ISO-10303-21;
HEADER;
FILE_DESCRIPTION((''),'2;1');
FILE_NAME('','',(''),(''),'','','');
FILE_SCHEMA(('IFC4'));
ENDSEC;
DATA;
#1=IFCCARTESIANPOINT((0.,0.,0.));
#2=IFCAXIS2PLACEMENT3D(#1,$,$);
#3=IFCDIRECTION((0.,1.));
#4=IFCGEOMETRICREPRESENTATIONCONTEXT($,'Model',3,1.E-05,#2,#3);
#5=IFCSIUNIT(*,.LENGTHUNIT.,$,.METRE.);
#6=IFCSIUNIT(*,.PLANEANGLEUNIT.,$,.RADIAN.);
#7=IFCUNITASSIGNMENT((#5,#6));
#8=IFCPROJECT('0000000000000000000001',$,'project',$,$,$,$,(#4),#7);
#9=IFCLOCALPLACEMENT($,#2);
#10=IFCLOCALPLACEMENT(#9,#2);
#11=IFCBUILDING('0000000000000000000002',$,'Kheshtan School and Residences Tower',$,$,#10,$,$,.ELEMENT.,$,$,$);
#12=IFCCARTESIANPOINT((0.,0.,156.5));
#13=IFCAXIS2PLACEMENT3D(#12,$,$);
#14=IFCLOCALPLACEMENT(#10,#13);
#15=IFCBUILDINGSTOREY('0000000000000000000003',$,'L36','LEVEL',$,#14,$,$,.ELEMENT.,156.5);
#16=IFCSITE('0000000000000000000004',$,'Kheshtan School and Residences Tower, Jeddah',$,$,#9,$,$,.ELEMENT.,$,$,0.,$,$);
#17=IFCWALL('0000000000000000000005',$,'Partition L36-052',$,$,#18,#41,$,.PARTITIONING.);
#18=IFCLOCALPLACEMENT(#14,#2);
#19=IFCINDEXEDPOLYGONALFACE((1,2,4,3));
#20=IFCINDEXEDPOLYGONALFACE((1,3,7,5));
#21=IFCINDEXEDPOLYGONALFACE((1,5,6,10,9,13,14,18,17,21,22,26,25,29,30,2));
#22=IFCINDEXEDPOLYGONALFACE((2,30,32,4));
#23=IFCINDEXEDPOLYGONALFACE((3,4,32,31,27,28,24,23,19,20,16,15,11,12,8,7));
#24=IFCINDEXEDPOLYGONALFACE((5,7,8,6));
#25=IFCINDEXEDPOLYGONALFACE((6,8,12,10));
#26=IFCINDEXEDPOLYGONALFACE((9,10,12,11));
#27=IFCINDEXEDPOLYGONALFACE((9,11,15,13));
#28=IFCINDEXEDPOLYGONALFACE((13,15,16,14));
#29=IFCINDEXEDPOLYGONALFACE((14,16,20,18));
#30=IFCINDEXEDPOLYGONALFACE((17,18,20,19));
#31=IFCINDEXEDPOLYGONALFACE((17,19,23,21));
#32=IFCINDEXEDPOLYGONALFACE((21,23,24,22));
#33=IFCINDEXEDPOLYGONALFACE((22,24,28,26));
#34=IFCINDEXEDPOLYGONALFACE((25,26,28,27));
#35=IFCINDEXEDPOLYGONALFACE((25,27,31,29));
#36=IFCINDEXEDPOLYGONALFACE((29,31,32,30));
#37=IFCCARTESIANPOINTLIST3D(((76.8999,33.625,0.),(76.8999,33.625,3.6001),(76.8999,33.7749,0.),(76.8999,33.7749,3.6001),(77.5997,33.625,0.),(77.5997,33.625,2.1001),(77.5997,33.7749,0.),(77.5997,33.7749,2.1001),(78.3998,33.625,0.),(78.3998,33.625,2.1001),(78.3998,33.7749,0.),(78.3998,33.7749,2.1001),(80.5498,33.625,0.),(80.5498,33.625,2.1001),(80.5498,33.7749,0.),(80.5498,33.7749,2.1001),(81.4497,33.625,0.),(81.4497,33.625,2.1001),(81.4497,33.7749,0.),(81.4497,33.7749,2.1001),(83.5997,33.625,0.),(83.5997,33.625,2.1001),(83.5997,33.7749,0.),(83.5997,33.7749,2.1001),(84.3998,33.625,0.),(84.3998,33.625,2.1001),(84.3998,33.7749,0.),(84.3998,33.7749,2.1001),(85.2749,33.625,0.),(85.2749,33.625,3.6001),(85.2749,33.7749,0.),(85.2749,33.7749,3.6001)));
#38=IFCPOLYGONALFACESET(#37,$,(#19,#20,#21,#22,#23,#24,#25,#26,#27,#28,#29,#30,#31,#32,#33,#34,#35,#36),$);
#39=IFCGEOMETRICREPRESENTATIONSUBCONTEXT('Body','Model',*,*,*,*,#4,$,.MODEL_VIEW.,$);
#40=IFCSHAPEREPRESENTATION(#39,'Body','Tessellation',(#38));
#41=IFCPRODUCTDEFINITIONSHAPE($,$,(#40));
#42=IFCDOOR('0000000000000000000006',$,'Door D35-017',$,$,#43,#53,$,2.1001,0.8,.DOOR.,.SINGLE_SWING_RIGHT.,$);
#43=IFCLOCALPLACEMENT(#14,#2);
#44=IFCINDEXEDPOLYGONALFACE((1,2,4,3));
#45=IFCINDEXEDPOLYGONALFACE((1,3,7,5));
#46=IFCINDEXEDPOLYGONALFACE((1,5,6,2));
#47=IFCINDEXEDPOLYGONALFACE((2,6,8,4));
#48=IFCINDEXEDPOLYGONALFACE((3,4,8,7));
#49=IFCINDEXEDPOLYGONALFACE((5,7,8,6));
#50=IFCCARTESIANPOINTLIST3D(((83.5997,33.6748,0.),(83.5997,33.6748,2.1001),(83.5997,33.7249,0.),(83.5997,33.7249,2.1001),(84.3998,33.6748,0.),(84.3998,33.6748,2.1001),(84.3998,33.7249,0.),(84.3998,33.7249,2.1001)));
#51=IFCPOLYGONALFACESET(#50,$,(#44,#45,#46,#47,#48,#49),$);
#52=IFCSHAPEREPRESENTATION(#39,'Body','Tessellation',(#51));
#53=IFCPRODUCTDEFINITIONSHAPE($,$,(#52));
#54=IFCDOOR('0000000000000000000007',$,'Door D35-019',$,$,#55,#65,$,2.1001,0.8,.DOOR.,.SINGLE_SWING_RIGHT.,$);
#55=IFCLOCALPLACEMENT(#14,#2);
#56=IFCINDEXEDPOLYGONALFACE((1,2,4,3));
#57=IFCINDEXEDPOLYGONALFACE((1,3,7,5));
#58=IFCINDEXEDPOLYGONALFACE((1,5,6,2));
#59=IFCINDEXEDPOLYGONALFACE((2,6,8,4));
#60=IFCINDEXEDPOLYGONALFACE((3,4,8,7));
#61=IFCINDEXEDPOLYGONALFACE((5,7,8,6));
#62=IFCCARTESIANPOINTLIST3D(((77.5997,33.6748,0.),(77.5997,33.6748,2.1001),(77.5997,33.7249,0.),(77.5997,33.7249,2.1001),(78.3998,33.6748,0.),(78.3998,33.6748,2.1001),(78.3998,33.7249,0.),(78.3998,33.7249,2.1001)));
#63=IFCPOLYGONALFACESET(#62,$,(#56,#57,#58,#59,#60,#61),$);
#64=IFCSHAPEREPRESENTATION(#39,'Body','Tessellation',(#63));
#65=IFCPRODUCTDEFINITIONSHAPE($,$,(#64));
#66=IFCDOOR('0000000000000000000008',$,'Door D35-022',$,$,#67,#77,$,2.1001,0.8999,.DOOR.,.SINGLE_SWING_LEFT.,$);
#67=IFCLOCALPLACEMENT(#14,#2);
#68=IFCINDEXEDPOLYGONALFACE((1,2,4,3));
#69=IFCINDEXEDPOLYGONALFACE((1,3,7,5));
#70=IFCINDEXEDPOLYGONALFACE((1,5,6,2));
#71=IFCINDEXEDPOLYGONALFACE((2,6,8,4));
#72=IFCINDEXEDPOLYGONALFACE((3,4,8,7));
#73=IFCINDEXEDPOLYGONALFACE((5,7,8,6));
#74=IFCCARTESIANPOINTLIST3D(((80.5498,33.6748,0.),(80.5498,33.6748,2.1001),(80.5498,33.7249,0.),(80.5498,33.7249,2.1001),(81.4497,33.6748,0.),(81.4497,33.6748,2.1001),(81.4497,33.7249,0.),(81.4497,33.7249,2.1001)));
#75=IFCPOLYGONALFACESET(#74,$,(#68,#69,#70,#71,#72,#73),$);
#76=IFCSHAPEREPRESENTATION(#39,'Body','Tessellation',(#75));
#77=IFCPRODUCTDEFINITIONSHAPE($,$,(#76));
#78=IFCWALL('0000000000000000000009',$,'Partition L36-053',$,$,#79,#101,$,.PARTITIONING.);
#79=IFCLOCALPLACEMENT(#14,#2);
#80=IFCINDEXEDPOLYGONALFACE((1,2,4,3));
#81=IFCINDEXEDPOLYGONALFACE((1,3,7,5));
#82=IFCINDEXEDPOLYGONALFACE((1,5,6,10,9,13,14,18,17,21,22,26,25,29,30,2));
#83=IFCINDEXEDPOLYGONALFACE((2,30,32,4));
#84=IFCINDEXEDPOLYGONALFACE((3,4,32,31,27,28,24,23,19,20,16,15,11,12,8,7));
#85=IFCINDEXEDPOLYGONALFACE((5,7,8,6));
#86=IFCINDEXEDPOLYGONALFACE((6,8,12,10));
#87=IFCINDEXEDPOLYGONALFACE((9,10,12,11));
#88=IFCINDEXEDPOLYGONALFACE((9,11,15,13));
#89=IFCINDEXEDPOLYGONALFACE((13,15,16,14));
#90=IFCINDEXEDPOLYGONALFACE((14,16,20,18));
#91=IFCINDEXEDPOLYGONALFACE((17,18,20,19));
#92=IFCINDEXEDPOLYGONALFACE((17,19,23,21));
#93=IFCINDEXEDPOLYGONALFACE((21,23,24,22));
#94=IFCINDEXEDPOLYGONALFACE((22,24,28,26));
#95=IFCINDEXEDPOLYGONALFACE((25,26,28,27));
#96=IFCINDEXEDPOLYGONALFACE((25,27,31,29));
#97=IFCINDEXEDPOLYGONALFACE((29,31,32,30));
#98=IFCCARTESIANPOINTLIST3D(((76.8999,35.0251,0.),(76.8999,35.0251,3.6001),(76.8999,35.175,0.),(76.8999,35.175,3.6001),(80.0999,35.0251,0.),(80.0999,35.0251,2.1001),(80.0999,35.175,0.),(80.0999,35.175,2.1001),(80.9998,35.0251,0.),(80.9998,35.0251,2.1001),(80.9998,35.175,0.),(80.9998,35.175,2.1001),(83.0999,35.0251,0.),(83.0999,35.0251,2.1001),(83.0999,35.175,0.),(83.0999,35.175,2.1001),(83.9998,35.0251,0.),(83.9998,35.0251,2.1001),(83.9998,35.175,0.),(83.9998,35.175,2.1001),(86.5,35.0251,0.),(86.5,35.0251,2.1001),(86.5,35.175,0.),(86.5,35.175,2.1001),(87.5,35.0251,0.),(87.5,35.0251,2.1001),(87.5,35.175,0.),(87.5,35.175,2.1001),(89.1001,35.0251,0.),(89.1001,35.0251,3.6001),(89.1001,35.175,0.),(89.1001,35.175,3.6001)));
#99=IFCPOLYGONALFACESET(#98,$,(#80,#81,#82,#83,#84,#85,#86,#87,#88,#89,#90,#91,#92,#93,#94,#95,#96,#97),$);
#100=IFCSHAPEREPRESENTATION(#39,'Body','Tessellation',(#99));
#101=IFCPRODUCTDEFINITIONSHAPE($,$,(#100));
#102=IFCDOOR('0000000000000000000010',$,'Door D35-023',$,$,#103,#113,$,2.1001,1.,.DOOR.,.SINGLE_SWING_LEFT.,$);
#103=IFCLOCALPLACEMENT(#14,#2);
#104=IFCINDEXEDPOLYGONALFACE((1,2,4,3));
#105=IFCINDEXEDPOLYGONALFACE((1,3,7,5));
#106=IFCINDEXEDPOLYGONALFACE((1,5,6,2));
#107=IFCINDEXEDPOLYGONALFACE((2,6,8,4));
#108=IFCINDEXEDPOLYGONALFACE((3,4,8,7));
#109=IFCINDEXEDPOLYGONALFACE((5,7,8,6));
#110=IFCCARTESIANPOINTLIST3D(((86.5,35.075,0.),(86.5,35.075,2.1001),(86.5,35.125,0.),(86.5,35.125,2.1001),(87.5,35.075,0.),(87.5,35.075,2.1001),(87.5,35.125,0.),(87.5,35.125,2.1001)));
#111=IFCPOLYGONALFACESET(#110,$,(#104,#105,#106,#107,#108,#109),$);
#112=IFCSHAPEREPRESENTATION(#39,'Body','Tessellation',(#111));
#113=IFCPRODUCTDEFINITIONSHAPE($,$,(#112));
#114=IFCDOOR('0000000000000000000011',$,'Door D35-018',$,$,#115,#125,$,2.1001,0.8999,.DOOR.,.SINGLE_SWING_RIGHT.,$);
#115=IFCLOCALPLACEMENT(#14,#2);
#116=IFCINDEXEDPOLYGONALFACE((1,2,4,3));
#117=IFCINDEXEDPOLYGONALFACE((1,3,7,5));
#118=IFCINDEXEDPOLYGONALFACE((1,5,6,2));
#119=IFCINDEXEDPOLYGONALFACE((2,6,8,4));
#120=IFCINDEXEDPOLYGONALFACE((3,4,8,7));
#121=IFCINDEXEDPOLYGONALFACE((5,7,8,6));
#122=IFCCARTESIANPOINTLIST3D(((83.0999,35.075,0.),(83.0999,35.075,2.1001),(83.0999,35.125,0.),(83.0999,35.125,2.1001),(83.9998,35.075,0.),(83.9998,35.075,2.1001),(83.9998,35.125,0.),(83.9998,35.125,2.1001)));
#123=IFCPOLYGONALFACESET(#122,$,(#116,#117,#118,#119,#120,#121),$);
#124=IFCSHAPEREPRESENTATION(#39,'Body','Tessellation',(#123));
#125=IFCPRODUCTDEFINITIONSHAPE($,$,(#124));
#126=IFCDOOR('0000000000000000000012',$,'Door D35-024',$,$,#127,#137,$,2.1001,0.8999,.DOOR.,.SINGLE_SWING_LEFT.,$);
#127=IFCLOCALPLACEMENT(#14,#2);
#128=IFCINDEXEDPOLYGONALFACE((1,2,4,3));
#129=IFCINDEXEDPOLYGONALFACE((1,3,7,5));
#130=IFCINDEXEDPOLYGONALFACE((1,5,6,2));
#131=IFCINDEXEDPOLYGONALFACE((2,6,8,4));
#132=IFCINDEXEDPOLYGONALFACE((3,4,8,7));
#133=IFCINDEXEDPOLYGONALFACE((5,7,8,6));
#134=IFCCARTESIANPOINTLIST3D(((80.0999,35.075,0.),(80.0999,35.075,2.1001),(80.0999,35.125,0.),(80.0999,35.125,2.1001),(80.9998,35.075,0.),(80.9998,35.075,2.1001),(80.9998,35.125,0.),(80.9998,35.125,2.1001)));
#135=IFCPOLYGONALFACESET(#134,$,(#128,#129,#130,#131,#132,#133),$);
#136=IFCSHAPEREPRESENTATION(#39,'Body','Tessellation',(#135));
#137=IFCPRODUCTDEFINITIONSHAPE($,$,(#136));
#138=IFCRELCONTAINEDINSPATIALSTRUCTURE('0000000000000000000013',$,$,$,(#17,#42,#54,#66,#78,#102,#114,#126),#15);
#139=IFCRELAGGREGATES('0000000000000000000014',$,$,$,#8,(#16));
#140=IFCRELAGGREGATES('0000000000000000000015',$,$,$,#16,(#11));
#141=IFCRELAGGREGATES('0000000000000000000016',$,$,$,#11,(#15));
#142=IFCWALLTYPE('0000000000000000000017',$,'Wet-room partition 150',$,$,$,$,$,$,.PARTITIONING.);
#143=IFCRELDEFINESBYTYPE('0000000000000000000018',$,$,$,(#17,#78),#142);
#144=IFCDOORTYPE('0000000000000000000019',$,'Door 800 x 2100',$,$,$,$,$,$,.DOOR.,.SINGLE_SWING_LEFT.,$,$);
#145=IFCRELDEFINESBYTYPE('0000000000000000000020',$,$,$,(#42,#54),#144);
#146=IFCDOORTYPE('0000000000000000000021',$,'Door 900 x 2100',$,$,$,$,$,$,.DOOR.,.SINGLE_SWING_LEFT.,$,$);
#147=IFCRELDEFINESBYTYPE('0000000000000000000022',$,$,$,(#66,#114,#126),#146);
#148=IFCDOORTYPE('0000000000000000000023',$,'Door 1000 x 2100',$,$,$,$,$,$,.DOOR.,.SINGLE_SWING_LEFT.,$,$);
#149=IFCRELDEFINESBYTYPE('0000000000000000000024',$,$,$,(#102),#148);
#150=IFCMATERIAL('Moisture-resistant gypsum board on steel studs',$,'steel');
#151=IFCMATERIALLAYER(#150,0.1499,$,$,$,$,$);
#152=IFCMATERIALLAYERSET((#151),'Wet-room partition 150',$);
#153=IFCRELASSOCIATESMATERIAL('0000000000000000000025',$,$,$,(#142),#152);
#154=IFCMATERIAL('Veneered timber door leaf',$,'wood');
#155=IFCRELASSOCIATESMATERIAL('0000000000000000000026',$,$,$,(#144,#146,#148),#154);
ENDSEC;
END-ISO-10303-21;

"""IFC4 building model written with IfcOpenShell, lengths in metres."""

from ifc_helpers import new_model, si_unit, direction, frame, frame_2d, origin, place, context, subcontext, project, spatial, rectangle, extrude, source, transform, mapped, material, layer, layer_set, type_object, element, fill, save


model = new_model("IFC4")

# Units and contexts
model_context = context("Model", 3, precision=1e-05, world=origin(), true_north=direction((0.0, 1.0)))
body_context = subcontext(model_context, "Body", "Model", "MODEL_VIEW")
ifc_project = project(units=[si_unit("LENGTHUNIT", "METRE"), si_unit("PLANEANGLEUNIT", "RADIAN")], contexts=[model_context])

# Site, building, storey
site_placement = place(None, origin())
site = spatial("IfcSite", under=ifc_project, at=site_placement, Name="Kheshtan School and Residences Tower, Jeddah", CompositionType="ELEMENT", RefElevation=0.0)
building_placement = place(site_placement, origin())
building = spatial("IfcBuilding", under=site, at=building_placement, Name="Kheshtan School and Residences Tower", CompositionType="ELEMENT")
storey_placement = place(building_placement, frame((0.0, 0.0, 156.5)))
storey = spatial("IfcBuildingStorey", under=building, at=storey_placement, Name="L36", Description="LEVEL", CompositionType="ELEMENT", Elevation=156.5)

# Shared definitions
ifc_material_1 = material(Name="Moisture-resistant gypsum board on steel studs", Category="steel")
ifc_layer_1 = layer(ifc_material_1, 0.1499)
ifc_layer_set_1 = layer_set([ifc_layer_1], Name="Wet-room partition 150")
wall_type_1 = type_object("IfcWallType", Name="Wet-room partition 150", PredefinedType="PARTITIONING", material=ifc_layer_set_1)

# Shared definitions
ifc_material_2 = material(Name="Veneered timber door leaf", Category="wood")
door_type_1 = type_object("IfcDoorType", Name="Door 800 x 2100", OperationType="SINGLE_SWING_LEFT", PredefinedType="DOOR", material=ifc_material_2)
shared_shape_1 = source(origin(), body_context, "Body", "SweptSolid", [
    extrude(rectangle(XDim=0.8, YDim=2.1001, at=frame_2d((0.3999, 1.05))), frame((0.0, 0.0249, 0.0), z_axis=(0.0, -1.0, 0.0), x_axis=(1.0, 0.0, 0.0)), (0.0, 0.0, 1.0), 0.05),
])

# Walls, openings, doors
wall_1_placement = place(storey_placement, frame((76.8999, 33.7, 0.0), z_axis=(0.0, 0.0, 1.0), x_axis=(1.0, 0.0, 0.0)))
wall_1 = element("IfcWall", 1, at=wall_1_placement, inside=storey, type_object=wall_type_1, Name="Partition L36-052", PredefinedType="PARTITIONING", context=body_context, shape_type="SweptSolid", body=[
    extrude(rectangle(XDim=8.375, YDim=0.1499, at=frame_2d((4.1875, 0.0))), origin(), (0.0, 0.0, 1.0), 3.6001),
])
opening_1_placement = place(wall_1_placement, frame((6.7, 0.0, 0.0)))
opening_1 = element("IfcOpeningElement", 2, at=opening_1_placement, cuts=wall_1, PredefinedType="OPENING", context=body_context, shape_type="SweptSolid", body=[
    extrude(rectangle(XDim=0.8, YDim=2.1001, at=frame_2d((0.3999, 1.05))), frame((0.0, 0.085, 0.0), z_axis=(0.0, -1.0, 0.0), x_axis=(1.0, 0.0, 0.0)), (0.0, 0.0, 1.0), 0.1699),
])
opening_2_placement = place(wall_1_placement, frame((0.7, 0.0, 0.0)))
opening_2 = element("IfcOpeningElement", 3, at=opening_2_placement, cuts=wall_1, PredefinedType="OPENING", context=body_context, shape_type="SweptSolid", body=[
    extrude(rectangle(XDim=0.8, YDim=2.1001, at=frame_2d((0.3999, 1.05))), frame((0.0, 0.085, 0.0), z_axis=(0.0, -1.0, 0.0), x_axis=(1.0, 0.0, 0.0)), (0.0, 0.0, 1.0), 0.1699),
])
opening_3_placement = place(wall_1_placement, frame((3.6499, 0.0, 0.0)))
opening_3 = element("IfcOpeningElement", 4, at=opening_3_placement, cuts=wall_1, PredefinedType="OPENING", context=body_context, shape_type="SweptSolid", body=[
    extrude(rectangle(XDim=0.8999, YDim=2.1001, at=frame_2d((0.45, 1.05))), frame((0.0, 0.085, 0.0), z_axis=(0.0, -1.0, 0.0), x_axis=(1.0, 0.0, 0.0)), (0.0, 0.0, 1.0), 0.1699),
])
door_1_placement = place(opening_1_placement, origin())
door_1 = element("IfcDoor", 5, at=door_1_placement, inside=storey, type_object=door_type_1, Name="Door D35-017", OperationType="SINGLE_SWING_RIGHT", OverallHeight=2.1001, OverallWidth=0.8, PredefinedType="DOOR", context=body_context, shape_type="MappedRepresentation", body=[
    mapped(shared_shape_1, transform((0.0, 0.0, 0.0), x_axis=(1.0, 0.0, 0.0), y_axis=(0.0, 1.0, 0.0), z_axis=(0.0, 0.0, 1.0), scale=1.0)),
])
fill(opening_1, door_1)
door_2_placement = place(opening_2_placement, origin())
door_2 = element("IfcDoor", 6, at=door_2_placement, inside=storey, type_object=door_type_1, Name="Door D35-019", OperationType="SINGLE_SWING_RIGHT", OverallHeight=2.1001, OverallWidth=0.8, PredefinedType="DOOR", context=body_context, shape_type="MappedRepresentation", body=[
    mapped(shared_shape_1, transform((0.0, 0.0, 0.0), x_axis=(1.0, 0.0, 0.0), y_axis=(0.0, 1.0, 0.0), z_axis=(0.0, 0.0, 1.0), scale=1.0)),
])
fill(opening_2, door_2)
door_type_2 = type_object("IfcDoorType", Name="Door 900 x 2100", OperationType="SINGLE_SWING_LEFT", PredefinedType="DOOR", material=ifc_material_2)
shared_shape_2 = source(origin(), body_context, "Body", "SweptSolid", [
    extrude(rectangle(XDim=0.8999, YDim=2.1001, at=frame_2d((0.45, 1.05))), frame((0.0, 0.0249, 0.0), z_axis=(0.0, -1.0, 0.0), x_axis=(1.0, 0.0, 0.0)), (0.0, 0.0, 1.0), 0.05),
])
door_3_placement = place(opening_3_placement, origin())
door_3 = element("IfcDoor", 7, at=door_3_placement, inside=storey, type_object=door_type_2, Name="Door D35-022", OperationType="SINGLE_SWING_LEFT", OverallHeight=2.1001, OverallWidth=0.8999, PredefinedType="DOOR", context=body_context, shape_type="MappedRepresentation", body=[
    mapped(shared_shape_2, transform((0.0, 0.0, 0.0), x_axis=(1.0, 0.0, 0.0), y_axis=(0.0, 1.0, 0.0), z_axis=(0.0, 0.0, 1.0), scale=1.0)),
])
fill(opening_3, door_3)
wall_2_placement = place(storey_placement, frame((76.8999, 35.1001, 0.0), z_axis=(0.0, 0.0, 1.0), x_axis=(1.0, 0.0, 0.0)))
wall_2 = element("IfcWall", 8, at=wall_2_placement, inside=storey, type_object=wall_type_1, Name="Partition L36-053", PredefinedType="PARTITIONING", context=body_context, shape_type="SweptSolid", body=[
    extrude(rectangle(XDim=12.2002, YDim=0.1499, at=frame_2d((6.1001, 0.0))), origin(), (0.0, 0.0, 1.0), 3.6001),
])
opening_4_placement = place(wall_2_placement, frame((6.2, 0.0, 0.0)))
opening_4 = element("IfcOpeningElement", 9, at=opening_4_placement, cuts=wall_2, PredefinedType="OPENING", context=body_context, shape_type="SweptSolid", body=[
    extrude(rectangle(XDim=0.8999, YDim=2.1001, at=frame_2d((0.45, 1.05))), frame((0.0, 0.085, 0.0), z_axis=(0.0, -1.0, 0.0), x_axis=(1.0, 0.0, 0.0)), (0.0, 0.0, 1.0), 0.1699),
])
opening_5_placement = place(wall_2_placement, frame((9.6001, 0.0, 0.0)))
opening_5 = element("IfcOpeningElement", 10, at=opening_5_placement, cuts=wall_2, PredefinedType="OPENING", context=body_context, shape_type="SweptSolid", body=[
    extrude(rectangle(XDim=1.0, YDim=2.1001, at=frame_2d((0.5, 1.05))), frame((0.0, 0.085, 0.0), z_axis=(0.0, -1.0, 0.0), x_axis=(1.0, 0.0, 0.0)), (0.0, 0.0, 1.0), 0.1699),
])
opening_6_placement = place(wall_2_placement, frame((3.2, 0.0, 0.0)))
opening_6 = element("IfcOpeningElement", 11, at=opening_6_placement, cuts=wall_2, PredefinedType="OPENING", context=body_context, shape_type="SweptSolid", body=[
    extrude(rectangle(XDim=0.8999, YDim=2.1001, at=frame_2d((0.45, 1.05))), frame((0.0, 0.085, 0.0), z_axis=(0.0, -1.0, 0.0), x_axis=(1.0, 0.0, 0.0)), (0.0, 0.0, 1.0), 0.1699),
])
door_type_3 = type_object("IfcDoorType", Name="Door 1000 x 2100", OperationType="SINGLE_SWING_LEFT", PredefinedType="DOOR", material=ifc_material_2)
shared_shape_3 = source(origin(), body_context, "Body", "SweptSolid", [
    extrude(rectangle(XDim=1.0, YDim=2.1001, at=frame_2d((0.5, 1.05))), frame((0.0, 0.0249, 0.0), z_axis=(0.0, -1.0, 0.0), x_axis=(1.0, 0.0, 0.0)), (0.0, 0.0, 1.0), 0.05),
])
door_4_placement = place(opening_5_placement, origin())
door_4 = element("IfcDoor", 12, at=door_4_placement, inside=storey, type_object=door_type_3, Name="Door D35-023", OperationType="SINGLE_SWING_LEFT", OverallHeight=2.1001, OverallWidth=1.0, PredefinedType="DOOR", context=body_context, shape_type="MappedRepresentation", body=[
    mapped(shared_shape_3, transform((0.0, 0.0, 0.0), x_axis=(1.0, 0.0, 0.0), y_axis=(0.0, 1.0, 0.0), z_axis=(0.0, 0.0, 1.0), scale=1.0)),
])
fill(opening_5, door_4)
door_5_placement = place(opening_4_placement, origin())
door_5 = element("IfcDoor", 13, at=door_5_placement, inside=storey, type_object=door_type_2, Name="Door D35-018", OperationType="SINGLE_SWING_RIGHT", OverallHeight=2.1001, OverallWidth=0.8999, PredefinedType="DOOR", context=body_context, shape_type="MappedRepresentation", body=[
    mapped(shared_shape_2, transform((0.0, 0.0, 0.0), x_axis=(1.0, 0.0, 0.0), y_axis=(0.0, 1.0, 0.0), z_axis=(0.0, 0.0, 1.0), scale=1.0)),
])
fill(opening_4, door_5)
door_6_placement = place(opening_6_placement, origin())
door_6 = element("IfcDoor", 14, at=door_6_placement, inside=storey, type_object=door_type_2, Name="Door D35-024", OperationType="SINGLE_SWING_LEFT", OverallHeight=2.1001, OverallWidth=0.8999, PredefinedType="DOOR", context=body_context, shape_type="MappedRepresentation", body=[
    mapped(shared_shape_2, transform((0.0, 0.0, 0.0), x_axis=(1.0, 0.0, 0.0), y_axis=(0.0, 1.0, 0.0), z_axis=(0.0, 0.0, 1.0), scale=1.0)),
])
fill(opening_6, door_6)

save(model, "model.ifc")
